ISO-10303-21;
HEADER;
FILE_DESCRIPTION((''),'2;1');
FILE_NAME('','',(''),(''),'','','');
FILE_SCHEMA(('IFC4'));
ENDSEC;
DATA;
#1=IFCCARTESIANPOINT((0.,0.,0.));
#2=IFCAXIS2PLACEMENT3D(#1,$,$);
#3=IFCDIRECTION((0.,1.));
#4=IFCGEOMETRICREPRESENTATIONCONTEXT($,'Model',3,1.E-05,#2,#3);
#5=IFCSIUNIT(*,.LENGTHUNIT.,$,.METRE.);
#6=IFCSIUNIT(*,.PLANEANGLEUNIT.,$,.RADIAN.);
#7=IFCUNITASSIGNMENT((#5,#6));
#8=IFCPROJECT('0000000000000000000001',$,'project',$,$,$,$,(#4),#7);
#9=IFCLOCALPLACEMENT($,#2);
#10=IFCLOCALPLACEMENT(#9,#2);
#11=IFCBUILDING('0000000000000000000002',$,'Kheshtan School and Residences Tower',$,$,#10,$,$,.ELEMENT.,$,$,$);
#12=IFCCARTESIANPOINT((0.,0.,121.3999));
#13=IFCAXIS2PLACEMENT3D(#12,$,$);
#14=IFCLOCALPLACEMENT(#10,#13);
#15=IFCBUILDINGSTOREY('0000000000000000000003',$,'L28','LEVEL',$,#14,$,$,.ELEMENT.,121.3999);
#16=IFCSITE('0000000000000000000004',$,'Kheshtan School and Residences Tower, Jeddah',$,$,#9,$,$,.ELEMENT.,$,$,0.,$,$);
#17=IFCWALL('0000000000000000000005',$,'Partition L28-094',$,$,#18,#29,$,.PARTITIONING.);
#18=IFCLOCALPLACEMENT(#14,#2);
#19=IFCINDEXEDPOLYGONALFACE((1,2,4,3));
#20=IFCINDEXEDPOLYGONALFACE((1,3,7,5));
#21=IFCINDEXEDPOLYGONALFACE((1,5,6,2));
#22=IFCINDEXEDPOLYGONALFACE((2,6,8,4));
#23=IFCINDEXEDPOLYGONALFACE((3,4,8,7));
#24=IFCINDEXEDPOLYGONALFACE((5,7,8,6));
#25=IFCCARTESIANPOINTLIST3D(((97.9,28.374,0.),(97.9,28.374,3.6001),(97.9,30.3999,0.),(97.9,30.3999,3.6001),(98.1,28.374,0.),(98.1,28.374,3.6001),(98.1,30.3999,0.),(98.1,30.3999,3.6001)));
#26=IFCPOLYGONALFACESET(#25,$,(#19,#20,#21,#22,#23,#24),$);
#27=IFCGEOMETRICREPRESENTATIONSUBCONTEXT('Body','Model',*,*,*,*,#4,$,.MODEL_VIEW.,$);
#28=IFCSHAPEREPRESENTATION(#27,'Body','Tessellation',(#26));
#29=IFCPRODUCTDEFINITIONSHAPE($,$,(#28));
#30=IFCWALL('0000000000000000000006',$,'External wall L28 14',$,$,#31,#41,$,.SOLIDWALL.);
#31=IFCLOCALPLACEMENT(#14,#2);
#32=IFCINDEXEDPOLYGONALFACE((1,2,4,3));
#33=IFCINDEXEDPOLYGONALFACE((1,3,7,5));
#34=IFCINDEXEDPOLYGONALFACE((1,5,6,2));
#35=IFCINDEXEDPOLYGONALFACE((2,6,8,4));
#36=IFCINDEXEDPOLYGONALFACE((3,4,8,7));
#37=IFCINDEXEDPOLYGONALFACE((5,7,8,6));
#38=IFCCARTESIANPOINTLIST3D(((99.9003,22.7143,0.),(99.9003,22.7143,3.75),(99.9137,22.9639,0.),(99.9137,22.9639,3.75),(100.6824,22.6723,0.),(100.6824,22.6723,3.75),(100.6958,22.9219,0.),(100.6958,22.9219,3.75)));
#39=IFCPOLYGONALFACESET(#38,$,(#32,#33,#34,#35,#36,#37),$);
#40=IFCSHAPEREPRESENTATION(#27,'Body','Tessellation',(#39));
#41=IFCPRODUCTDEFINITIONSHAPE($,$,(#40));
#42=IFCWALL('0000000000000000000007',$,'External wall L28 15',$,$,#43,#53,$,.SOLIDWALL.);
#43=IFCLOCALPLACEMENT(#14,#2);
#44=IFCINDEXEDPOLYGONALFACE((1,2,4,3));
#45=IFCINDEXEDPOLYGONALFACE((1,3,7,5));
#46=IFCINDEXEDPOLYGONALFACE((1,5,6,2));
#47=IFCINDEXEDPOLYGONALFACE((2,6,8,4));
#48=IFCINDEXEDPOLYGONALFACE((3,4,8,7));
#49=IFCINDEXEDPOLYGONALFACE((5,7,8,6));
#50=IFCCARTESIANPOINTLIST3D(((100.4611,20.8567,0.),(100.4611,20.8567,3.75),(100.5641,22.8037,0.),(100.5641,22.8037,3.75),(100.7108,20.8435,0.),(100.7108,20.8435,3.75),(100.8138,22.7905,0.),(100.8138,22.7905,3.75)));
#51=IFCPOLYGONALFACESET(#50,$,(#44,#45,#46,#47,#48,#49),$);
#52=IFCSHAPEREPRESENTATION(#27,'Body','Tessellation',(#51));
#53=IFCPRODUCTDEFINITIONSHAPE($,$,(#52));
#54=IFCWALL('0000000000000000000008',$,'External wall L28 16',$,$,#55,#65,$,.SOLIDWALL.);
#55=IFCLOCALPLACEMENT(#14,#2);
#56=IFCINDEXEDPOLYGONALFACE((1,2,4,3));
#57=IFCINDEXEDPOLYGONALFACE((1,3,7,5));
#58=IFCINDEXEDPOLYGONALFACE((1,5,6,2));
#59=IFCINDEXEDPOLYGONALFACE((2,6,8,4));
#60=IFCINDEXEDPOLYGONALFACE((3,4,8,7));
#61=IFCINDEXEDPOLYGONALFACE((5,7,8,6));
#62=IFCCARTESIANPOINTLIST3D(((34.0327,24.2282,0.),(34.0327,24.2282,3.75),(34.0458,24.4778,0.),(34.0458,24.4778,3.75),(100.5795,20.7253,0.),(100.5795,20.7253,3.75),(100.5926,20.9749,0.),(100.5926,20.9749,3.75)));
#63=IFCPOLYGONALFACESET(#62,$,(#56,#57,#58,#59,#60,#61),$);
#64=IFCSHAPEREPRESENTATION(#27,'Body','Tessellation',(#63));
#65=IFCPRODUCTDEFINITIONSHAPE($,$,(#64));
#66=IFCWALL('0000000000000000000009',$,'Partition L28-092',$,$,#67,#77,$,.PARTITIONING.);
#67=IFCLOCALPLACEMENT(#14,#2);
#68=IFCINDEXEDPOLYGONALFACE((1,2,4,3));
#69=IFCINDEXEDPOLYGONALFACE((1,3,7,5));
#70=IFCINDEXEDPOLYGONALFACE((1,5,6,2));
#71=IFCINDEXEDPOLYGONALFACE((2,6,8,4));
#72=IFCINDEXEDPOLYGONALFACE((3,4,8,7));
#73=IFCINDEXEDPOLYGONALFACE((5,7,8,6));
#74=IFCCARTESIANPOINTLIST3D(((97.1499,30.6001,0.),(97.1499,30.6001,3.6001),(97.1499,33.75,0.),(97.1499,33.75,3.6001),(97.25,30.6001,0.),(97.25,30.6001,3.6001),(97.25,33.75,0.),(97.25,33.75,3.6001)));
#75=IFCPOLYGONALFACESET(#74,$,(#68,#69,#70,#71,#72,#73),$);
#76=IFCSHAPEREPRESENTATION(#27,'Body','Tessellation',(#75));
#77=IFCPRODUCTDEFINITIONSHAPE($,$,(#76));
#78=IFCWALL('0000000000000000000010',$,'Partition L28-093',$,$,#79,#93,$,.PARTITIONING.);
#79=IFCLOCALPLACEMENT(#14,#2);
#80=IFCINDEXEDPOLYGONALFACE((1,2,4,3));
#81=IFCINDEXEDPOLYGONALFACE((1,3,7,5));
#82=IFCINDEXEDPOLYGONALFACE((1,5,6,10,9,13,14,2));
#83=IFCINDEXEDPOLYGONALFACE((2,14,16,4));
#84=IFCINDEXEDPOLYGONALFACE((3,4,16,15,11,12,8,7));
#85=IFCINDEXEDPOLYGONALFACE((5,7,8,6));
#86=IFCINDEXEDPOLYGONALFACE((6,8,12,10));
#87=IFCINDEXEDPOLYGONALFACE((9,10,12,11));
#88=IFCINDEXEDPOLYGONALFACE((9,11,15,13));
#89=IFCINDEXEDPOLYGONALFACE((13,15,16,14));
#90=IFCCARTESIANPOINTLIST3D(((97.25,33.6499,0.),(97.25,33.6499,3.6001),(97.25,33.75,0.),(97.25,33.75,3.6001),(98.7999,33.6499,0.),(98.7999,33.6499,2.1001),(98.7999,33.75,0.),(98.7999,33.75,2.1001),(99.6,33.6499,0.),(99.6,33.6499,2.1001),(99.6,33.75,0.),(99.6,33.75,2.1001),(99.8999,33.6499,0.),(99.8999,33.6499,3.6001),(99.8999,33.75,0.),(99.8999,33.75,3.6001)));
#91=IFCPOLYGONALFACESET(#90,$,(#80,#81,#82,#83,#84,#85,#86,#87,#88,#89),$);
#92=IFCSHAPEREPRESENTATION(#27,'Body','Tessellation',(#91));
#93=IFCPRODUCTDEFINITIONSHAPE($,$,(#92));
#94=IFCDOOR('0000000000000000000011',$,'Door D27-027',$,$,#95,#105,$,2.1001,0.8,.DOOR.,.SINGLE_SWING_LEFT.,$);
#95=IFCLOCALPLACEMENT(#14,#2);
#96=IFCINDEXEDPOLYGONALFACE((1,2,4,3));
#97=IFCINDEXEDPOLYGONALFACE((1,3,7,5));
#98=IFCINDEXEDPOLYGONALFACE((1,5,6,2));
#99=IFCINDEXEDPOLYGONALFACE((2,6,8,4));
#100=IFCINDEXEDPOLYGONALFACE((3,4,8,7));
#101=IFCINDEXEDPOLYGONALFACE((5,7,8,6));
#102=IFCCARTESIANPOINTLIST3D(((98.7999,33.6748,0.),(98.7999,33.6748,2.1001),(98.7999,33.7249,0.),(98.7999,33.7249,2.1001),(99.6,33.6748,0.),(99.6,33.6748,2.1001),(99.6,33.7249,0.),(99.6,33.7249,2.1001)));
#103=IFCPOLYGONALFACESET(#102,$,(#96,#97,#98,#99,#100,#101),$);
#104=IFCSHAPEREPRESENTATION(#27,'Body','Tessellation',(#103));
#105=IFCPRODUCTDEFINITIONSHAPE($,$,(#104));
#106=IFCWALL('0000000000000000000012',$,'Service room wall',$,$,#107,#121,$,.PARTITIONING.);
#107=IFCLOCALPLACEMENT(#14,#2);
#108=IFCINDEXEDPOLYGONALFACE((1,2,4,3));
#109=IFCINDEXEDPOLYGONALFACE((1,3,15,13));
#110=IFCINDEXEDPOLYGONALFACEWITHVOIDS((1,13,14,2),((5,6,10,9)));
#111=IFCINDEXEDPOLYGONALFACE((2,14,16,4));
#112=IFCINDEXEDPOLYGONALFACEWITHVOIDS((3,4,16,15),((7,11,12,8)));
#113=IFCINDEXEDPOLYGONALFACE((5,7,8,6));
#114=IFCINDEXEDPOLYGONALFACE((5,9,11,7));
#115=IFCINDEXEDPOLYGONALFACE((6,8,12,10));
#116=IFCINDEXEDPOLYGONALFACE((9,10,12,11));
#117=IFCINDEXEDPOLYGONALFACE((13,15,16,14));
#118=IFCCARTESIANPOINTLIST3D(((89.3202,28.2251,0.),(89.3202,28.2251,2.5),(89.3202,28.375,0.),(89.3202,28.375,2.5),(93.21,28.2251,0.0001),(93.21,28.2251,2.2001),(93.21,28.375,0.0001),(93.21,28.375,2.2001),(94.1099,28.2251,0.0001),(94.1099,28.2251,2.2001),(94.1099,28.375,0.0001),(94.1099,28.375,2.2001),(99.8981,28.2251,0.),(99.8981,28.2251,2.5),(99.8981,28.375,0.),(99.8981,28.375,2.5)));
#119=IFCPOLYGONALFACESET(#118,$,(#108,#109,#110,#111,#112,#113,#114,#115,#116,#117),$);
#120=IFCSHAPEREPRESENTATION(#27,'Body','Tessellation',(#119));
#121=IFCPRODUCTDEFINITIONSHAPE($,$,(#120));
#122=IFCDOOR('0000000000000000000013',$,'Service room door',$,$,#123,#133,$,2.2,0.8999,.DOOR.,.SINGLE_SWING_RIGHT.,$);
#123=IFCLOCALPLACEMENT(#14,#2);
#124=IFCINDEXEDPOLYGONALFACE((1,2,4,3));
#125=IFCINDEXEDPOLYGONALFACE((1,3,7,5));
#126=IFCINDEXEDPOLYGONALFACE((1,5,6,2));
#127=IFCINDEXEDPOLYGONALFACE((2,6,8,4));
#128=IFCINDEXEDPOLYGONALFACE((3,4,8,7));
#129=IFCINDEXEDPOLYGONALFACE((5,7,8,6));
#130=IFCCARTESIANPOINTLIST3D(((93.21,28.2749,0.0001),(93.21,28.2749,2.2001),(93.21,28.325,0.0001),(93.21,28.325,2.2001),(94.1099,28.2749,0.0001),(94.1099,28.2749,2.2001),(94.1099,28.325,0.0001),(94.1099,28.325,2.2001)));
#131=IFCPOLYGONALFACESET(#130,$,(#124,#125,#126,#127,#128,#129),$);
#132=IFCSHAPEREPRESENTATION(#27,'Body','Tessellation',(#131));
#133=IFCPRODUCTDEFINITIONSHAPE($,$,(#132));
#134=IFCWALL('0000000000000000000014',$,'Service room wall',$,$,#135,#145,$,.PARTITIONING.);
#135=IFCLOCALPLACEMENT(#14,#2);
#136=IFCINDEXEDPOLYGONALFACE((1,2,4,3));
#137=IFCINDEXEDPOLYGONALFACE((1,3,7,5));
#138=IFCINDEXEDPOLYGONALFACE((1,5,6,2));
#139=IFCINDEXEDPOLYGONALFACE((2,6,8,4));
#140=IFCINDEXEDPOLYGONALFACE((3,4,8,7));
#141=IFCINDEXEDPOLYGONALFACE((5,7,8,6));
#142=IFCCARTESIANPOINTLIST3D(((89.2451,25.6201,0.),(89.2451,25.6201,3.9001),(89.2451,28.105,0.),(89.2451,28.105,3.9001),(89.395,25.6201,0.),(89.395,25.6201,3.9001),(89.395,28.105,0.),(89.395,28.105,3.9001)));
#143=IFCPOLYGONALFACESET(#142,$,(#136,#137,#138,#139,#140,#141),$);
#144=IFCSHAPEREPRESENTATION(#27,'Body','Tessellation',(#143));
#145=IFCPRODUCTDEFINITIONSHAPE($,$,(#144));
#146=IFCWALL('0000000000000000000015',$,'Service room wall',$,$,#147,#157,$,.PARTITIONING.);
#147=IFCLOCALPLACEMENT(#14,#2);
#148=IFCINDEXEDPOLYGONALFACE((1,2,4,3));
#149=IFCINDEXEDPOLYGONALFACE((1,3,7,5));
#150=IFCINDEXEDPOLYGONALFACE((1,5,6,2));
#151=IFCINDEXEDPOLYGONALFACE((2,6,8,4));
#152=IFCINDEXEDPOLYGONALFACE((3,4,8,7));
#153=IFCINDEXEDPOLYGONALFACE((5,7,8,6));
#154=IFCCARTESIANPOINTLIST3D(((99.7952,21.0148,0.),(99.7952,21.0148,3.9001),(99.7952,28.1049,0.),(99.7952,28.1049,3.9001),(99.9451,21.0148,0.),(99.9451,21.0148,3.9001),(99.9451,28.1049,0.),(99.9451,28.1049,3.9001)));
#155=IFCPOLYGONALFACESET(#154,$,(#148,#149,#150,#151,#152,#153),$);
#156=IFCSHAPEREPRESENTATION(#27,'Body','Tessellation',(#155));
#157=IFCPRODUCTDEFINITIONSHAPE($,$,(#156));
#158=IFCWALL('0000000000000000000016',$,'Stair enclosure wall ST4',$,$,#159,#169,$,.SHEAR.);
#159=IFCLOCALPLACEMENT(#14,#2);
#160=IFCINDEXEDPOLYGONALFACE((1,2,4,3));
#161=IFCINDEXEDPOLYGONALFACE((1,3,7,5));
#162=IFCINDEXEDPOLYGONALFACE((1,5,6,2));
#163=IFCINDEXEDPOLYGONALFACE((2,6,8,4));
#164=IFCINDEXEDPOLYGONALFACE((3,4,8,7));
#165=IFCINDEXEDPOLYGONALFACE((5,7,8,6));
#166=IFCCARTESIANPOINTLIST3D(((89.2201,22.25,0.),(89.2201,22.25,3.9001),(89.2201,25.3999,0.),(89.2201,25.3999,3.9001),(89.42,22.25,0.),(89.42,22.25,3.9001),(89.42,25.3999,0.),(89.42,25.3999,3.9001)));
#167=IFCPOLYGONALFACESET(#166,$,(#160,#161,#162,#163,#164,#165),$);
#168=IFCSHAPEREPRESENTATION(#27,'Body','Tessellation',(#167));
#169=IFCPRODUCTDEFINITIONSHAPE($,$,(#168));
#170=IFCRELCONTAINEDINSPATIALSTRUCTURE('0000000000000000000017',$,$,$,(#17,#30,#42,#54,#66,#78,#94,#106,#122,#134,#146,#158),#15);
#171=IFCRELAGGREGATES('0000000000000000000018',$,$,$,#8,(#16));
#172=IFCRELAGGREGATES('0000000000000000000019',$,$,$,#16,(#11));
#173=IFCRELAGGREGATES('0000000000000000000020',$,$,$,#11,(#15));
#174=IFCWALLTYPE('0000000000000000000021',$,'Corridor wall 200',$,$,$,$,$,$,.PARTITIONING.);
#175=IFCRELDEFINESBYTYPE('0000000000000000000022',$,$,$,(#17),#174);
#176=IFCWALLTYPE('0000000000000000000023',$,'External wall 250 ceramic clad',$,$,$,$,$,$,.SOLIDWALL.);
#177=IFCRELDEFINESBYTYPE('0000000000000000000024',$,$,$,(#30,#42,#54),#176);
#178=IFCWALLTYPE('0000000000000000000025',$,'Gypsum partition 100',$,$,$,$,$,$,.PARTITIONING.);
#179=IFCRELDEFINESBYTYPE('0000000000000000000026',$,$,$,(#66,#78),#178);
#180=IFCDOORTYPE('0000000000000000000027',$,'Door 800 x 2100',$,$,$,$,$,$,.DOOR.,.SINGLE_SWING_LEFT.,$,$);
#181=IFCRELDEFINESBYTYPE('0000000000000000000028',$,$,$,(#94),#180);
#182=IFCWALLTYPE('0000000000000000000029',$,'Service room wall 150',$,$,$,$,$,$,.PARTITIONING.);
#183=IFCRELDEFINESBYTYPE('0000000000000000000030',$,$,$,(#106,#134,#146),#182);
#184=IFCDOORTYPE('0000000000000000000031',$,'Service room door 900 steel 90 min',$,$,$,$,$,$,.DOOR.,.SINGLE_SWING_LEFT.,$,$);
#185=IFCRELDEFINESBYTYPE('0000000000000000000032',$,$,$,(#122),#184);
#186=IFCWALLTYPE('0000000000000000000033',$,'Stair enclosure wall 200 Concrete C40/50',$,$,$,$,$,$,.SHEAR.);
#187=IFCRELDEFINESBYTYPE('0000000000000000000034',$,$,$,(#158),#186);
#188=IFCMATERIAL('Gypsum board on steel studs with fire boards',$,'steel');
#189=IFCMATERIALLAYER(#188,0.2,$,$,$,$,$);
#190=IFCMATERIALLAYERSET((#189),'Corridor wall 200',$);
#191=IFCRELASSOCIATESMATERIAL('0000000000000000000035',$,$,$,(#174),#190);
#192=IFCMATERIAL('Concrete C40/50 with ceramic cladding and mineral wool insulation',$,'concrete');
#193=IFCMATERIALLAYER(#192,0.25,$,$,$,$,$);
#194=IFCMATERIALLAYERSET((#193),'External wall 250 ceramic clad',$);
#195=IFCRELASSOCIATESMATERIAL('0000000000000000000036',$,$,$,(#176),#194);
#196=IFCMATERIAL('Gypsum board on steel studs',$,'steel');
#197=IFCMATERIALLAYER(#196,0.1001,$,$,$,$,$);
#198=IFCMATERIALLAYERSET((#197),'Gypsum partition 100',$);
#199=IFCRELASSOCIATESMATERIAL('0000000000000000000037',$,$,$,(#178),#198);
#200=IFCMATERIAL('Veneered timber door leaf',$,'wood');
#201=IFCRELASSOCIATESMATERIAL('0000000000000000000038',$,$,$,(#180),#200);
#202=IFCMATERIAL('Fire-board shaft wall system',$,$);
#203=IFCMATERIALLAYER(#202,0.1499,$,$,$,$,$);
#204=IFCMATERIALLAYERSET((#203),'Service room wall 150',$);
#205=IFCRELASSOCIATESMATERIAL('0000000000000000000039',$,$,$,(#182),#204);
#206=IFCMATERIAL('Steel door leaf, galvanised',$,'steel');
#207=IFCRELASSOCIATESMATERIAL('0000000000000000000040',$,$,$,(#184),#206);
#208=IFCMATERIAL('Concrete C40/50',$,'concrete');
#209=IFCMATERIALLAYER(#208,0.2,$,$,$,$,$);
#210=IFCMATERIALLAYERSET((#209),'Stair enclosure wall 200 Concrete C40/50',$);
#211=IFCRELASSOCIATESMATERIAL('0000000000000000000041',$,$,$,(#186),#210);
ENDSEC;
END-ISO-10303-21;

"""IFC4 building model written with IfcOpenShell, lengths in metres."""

from ifc_helpers import new_model, si_unit, direction, frame, frame_2d, origin, place, context, subcontext, project, spatial, rectangle, extrude, source, transform, mapped, material, layer, layer_set, type_object, element, fill, save


model = new_model("IFC4")

# Units and contexts
model_context = context("Model", 3, precision=1e-05, world=origin(), true_north=direction((0.0, 1.0)))
body_context = subcontext(model_context, "Body", "Model", "MODEL_VIEW")
ifc_project = project(units=[si_unit("LENGTHUNIT", "METRE"), si_unit("PLANEANGLEUNIT", "RADIAN")], contexts=[model_context])

# Site, building, storey
site_placement = place(None, origin())
site = spatial("IfcSite", under=ifc_project, at=site_placement, Name="Kheshtan School and Residences Tower, Jeddah", CompositionType="ELEMENT", RefElevation=0.0)
building_placement = place(site_placement, origin())
building = spatial("IfcBuilding", under=site, at=building_placement, Name="Kheshtan School and Residences Tower", CompositionType="ELEMENT")
storey_placement = place(building_placement, frame((0.0, 0.0, 121.3999)))
storey = spatial("IfcBuildingStorey", under=building, at=storey_placement, Name="L28", Description="LEVEL", CompositionType="ELEMENT", Elevation=121.3999)

# Walls
ifc_material_1 = material(Name="Gypsum board on steel studs with fire boards", Category="steel")
ifc_layer_1 = layer(ifc_material_1, 0.2)
ifc_layer_set_1 = layer_set([ifc_layer_1], Name="Corridor wall 200")
wall_type_1 = type_object("IfcWallType", Name="Corridor wall 200", PredefinedType="PARTITIONING", material=ifc_layer_set_1)
wall_1_placement = place(storey_placement, frame((98.0, 28.374, 0.0), z_axis=(0.0, 0.0, 1.0), x_axis=(0.0, 1.0, 0.0)))
element("IfcWall", 1, at=wall_1_placement, inside=storey, type_object=wall_type_1, Name="Partition L28-094", PredefinedType="PARTITIONING", context=body_context, shape_type="SweptSolid", body=[
    extrude(rectangle(XDim=2.0259, YDim=0.2, at=frame_2d((1.0129, 0.0))), origin(), (0.0, 0.0, 1.0), 3.6001),
])
ifc_material_2 = material(Name="Concrete C40/50 with ceramic cladding and mineral wool insulation", Category="concrete")
ifc_layer_2 = layer(ifc_material_2, 0.25)
ifc_layer_set_2 = layer_set([ifc_layer_2], Name="External wall 250 ceramic clad")
wall_type_2 = type_object("IfcWallType", Name="External wall 250 ceramic clad", PredefinedType="SOLIDWALL", material=ifc_layer_set_2)
wall_2_placement = place(storey_placement, frame((99.907, 22.8391, 0.0), z_axis=(0.0, 0.0, 1.0), x_axis=(0.998561, -0.053622, 0.0)))
element("IfcWall", 2, at=wall_2_placement, inside=storey, type_object=wall_type_2, Name="External wall L28 14", PredefinedType="SOLIDWALL", context=body_context, shape_type="SweptSolid", body=[
    extrude(rectangle(XDim=0.7832, YDim=0.25, at=frame_2d((0.3916, 0.0))), origin(), (0.0, 0.0, 1.0), 3.75),
])
wall_3_placement = place(storey_placement, frame((100.689, 22.7971, 0.0), z_axis=(0.0, 0.0, 1.0), x_axis=(-0.052841, -0.998603, 0.0)))
element("IfcWall", 3, at=wall_3_placement, inside=storey, type_object=wall_type_2, Name="External wall L28 15", PredefinedType="SOLIDWALL", context=body_context, shape_type="SweptSolid", body=[
    extrude(rectangle(XDim=1.9497, YDim=0.25, at=frame_2d((0.9749, 0.0))), origin(), (0.0, 0.0, 1.0), 3.75),
])
wall_4_placement = place(storey_placement, frame((100.5859, 20.8501, 0.0), z_axis=(0.0, 0.0, 1.0), x_axis=(-0.998617, 0.052566, 0.0)))
element("IfcWall", 4, at=wall_4_placement, inside=storey, type_object=wall_type_2, Name="External wall L28 16", PredefinedType="SOLIDWALL", context=body_context, shape_type="SweptSolid", body=[
    extrude(rectangle(XDim=66.6389, YDim=0.25, at=frame_2d((33.3193, 0.0))), origin(), (0.0, 0.0, 1.0), 3.75),
])

# Wall
ifc_material_3 = material(Name="Gypsum board on steel studs", Category="steel")
ifc_layer_3 = layer(ifc_material_3, 0.1001)
ifc_layer_set_3 = layer_set([ifc_layer_3], Name="Gypsum partition 100")
wall_type_3 = type_object("IfcWallType", Name="Gypsum partition 100", PredefinedType="PARTITIONING", material=ifc_layer_set_3)
wall_5_placement = place(storey_placement, frame((97.2, 30.6001, 0.0), z_axis=(0.0, 0.0, 1.0), x_axis=(0.0, 1.0, 0.0)))
element("IfcWall", 5, at=wall_5_placement, inside=storey, type_object=wall_type_3, Name="Partition L28-092", PredefinedType="PARTITIONING", context=body_context, shape_type="SweptSolid", body=[
    extrude(rectangle(XDim=3.1499, YDim=0.1001, at=frame_2d((1.575, 0.0))), origin(), (0.0, 0.0, 1.0), 3.6001),
])

# Walls, openings, doors
wall_6_placement = place(storey_placement, frame((97.25, 33.7, 0.0), z_axis=(0.0, 0.0, 1.0), x_axis=(1.0, 0.0, 0.0)))
wall_6 = element("IfcWall", 6, at=wall_6_placement, inside=storey, type_object=wall_type_3, Name="Partition L28-093", PredefinedType="PARTITIONING", context=body_context, shape_type="SweptSolid", body=[
    extrude(rectangle(XDim=2.6499, YDim=0.1001, at=frame_2d((1.325, 0.0))), origin(), (0.0, 0.0, 1.0), 3.6001),
])
opening_1_placement = place(wall_6_placement, frame((1.55, 0.0, 0.0)))
opening_1 = element("IfcOpeningElement", 7, at=opening_1_placement, cuts=wall_6, PredefinedType="OPENING", context=body_context, shape_type="SweptSolid", body=[
    extrude(rectangle(XDim=0.8, YDim=2.1001, at=frame_2d((0.3999, 1.05))), frame((0.0, 0.0601, 0.0), z_axis=(0.0, -1.0, 0.0), x_axis=(1.0, 0.0, 0.0)), (0.0, 0.0, 1.0), 0.1201),
])
ifc_material_4 = material(Name="Veneered timber door leaf", Category="wood")
door_type_1 = type_object("IfcDoorType", Name="Door 800 x 2100", OperationType="SINGLE_SWING_LEFT", PredefinedType="DOOR", material=ifc_material_4)
shared_shape_1 = source(origin(), body_context, "Body", "SweptSolid", [
    extrude(rectangle(XDim=0.8, YDim=2.1001, at=frame_2d((0.3999, 1.05))), frame((0.0, 0.0249, 0.0), z_axis=(0.0, -1.0, 0.0), x_axis=(1.0, 0.0, 0.0)), (0.0, 0.0, 1.0), 0.05),
])
door_1_placement = place(opening_1_placement, origin())
door_1 = element("IfcDoor", 8, at=door_1_placement, inside=storey, type_object=door_type_1, Name="Door D27-027", OperationType="SINGLE_SWING_LEFT", OverallHeight=2.1001, OverallWidth=0.8, PredefinedType="DOOR", context=body_context, shape_type="MappedRepresentation", body=[
    mapped(shared_shape_1, transform((0.0, 0.0, 0.0), x_axis=(1.0, 0.0, 0.0), y_axis=(0.0, 1.0, 0.0), z_axis=(0.0, 0.0, 1.0), scale=1.0)),
])
fill(opening_1, door_1)
ifc_material_5 = material(Name="Fire-board shaft wall system")
ifc_layer_4 = layer(ifc_material_5, 0.1499)
ifc_layer_set_4 = layer_set([ifc_layer_4], Name="Service room wall 150")
wall_type_4 = type_object("IfcWallType", Name="Service room wall 150", PredefinedType="PARTITIONING", material=ifc_layer_set_4)
wall_7_placement = place(storey_placement, frame((89.3201, 28.3, 0.0), z_axis=(0.0, 0.0, 1.0), x_axis=(1.0, 0.0, 0.0)))
wall_7 = element("IfcWall", 9, at=wall_7_placement, inside=storey, type_object=wall_type_4, Name="Service room wall", PredefinedType="PARTITIONING", context=body_context, shape_type="SweptSolid", body=[
    extrude(rectangle(XDim=10.5779, YDim=0.1499, at=frame_2d((5.2891, 0.0))), origin(), (0.0, 0.0, 1.0), 2.5),
])
opening_2_placement = place(wall_7_placement, frame((3.8899, 0.0, 0.0)))
opening_2 = element("IfcOpeningElement", 10, at=opening_2_placement, cuts=wall_7, PredefinedType="OPENING", context=body_context, shape_type="SweptSolid", body=[
    extrude(rectangle(XDim=0.8999, YDim=2.2, at=frame_2d((0.45, 1.1001))), frame((0.0, 0.085, 0.0), z_axis=(0.0, -1.0, 0.0), x_axis=(1.0, 0.0, 0.0)), (0.0, 0.0, 1.0), 0.1699),
])
ifc_material_6 = material(Name="Steel door leaf, galvanised", Category="steel")
door_type_2 = type_object("IfcDoorType", Name="Service room door 900 steel 90 min", OperationType="SINGLE_SWING_LEFT", PredefinedType="DOOR", material=ifc_material_6)
shared_shape_2 = source(origin(), body_context, "Body", "SweptSolid", [
    extrude(rectangle(XDim=0.8999, YDim=2.2, at=frame_2d((0.45, 1.1001))), frame((0.0, 0.0249, 0.0), z_axis=(0.0, -1.0, 0.0), x_axis=(1.0, 0.0, 0.0)), (0.0, 0.0, 1.0), 0.05),
])
door_2_placement = place(opening_2_placement, origin())
door_2 = element("IfcDoor", 11, at=door_2_placement, inside=storey, type_object=door_type_2, Name="Service room door", OperationType="SINGLE_SWING_RIGHT", OverallHeight=2.2, OverallWidth=0.8999, PredefinedType="DOOR", context=body_context, shape_type="MappedRepresentation", body=[
    mapped(shared_shape_2, transform((0.0, 0.0, 0.0), x_axis=(1.0, 0.0, 0.0), y_axis=(0.0, 1.0, 0.0), z_axis=(0.0, 0.0, 1.0), scale=1.0)),
])
fill(opening_2, door_2)

# Walls
wall_8_placement = place(storey_placement, frame((89.3201, 25.6201, 0.0), z_axis=(0.0, 0.0, 1.0), x_axis=(0.0, 1.0, 0.0)))
element("IfcWall", 12, at=wall_8_placement, inside=storey, type_object=wall_type_4, Name="Service room wall", PredefinedType="PARTITIONING", context=body_context, shape_type="SweptSolid", body=[
    extrude(rectangle(XDim=2.4849, YDim=0.1499, at=frame_2d((1.2424, 0.0))), origin(), (0.0, 0.0, 1.0), 3.9001),
])
wall_9_placement = place(storey_placement, frame((99.8701, 21.0149, 0.0), z_axis=(0.0, 0.0, 1.0), x_axis=(0.0, 1.0, 0.0)))
element("IfcWall", 13, at=wall_9_placement, inside=storey, type_object=wall_type_4, Name="Service room wall", PredefinedType="PARTITIONING", context=body_context, shape_type="SweptSolid", body=[
    extrude(rectangle(XDim=7.0901, YDim=0.1499, at=frame_2d((3.5449, 0.0))), origin(), (0.0, 0.0, 1.0), 3.9001),
])
ifc_material_7 = material(Name="Concrete C40/50", Category="concrete")
ifc_layer_5 = layer(ifc_material_7, 0.2)
ifc_layer_set_5 = layer_set([ifc_layer_5], Name="Stair enclosure wall 200 Concrete C40/50")
wall_type_5 = type_object("IfcWallType", Name="Stair enclosure wall 200 Concrete C40/50", PredefinedType="SHEAR", material=ifc_layer_set_5)
wall_10_placement = place(storey_placement, frame((89.3201, 22.25, 0.0), z_axis=(0.0, 0.0, 1.0), x_axis=(0.0, 1.0, 0.0)))
element("IfcWall", 14, at=wall_10_placement, inside=storey, type_object=wall_type_5, Name="Stair enclosure wall ST4", PredefinedType="SHEAR", context=body_context, shape_type="SweptSolid", body=[
    extrude(rectangle(XDim=3.1499, YDim=0.2, at=frame_2d((1.575, 0.0))), origin(), (0.0, 0.0, 1.0), 3.9001),
])

save(model, "model.ifc")
